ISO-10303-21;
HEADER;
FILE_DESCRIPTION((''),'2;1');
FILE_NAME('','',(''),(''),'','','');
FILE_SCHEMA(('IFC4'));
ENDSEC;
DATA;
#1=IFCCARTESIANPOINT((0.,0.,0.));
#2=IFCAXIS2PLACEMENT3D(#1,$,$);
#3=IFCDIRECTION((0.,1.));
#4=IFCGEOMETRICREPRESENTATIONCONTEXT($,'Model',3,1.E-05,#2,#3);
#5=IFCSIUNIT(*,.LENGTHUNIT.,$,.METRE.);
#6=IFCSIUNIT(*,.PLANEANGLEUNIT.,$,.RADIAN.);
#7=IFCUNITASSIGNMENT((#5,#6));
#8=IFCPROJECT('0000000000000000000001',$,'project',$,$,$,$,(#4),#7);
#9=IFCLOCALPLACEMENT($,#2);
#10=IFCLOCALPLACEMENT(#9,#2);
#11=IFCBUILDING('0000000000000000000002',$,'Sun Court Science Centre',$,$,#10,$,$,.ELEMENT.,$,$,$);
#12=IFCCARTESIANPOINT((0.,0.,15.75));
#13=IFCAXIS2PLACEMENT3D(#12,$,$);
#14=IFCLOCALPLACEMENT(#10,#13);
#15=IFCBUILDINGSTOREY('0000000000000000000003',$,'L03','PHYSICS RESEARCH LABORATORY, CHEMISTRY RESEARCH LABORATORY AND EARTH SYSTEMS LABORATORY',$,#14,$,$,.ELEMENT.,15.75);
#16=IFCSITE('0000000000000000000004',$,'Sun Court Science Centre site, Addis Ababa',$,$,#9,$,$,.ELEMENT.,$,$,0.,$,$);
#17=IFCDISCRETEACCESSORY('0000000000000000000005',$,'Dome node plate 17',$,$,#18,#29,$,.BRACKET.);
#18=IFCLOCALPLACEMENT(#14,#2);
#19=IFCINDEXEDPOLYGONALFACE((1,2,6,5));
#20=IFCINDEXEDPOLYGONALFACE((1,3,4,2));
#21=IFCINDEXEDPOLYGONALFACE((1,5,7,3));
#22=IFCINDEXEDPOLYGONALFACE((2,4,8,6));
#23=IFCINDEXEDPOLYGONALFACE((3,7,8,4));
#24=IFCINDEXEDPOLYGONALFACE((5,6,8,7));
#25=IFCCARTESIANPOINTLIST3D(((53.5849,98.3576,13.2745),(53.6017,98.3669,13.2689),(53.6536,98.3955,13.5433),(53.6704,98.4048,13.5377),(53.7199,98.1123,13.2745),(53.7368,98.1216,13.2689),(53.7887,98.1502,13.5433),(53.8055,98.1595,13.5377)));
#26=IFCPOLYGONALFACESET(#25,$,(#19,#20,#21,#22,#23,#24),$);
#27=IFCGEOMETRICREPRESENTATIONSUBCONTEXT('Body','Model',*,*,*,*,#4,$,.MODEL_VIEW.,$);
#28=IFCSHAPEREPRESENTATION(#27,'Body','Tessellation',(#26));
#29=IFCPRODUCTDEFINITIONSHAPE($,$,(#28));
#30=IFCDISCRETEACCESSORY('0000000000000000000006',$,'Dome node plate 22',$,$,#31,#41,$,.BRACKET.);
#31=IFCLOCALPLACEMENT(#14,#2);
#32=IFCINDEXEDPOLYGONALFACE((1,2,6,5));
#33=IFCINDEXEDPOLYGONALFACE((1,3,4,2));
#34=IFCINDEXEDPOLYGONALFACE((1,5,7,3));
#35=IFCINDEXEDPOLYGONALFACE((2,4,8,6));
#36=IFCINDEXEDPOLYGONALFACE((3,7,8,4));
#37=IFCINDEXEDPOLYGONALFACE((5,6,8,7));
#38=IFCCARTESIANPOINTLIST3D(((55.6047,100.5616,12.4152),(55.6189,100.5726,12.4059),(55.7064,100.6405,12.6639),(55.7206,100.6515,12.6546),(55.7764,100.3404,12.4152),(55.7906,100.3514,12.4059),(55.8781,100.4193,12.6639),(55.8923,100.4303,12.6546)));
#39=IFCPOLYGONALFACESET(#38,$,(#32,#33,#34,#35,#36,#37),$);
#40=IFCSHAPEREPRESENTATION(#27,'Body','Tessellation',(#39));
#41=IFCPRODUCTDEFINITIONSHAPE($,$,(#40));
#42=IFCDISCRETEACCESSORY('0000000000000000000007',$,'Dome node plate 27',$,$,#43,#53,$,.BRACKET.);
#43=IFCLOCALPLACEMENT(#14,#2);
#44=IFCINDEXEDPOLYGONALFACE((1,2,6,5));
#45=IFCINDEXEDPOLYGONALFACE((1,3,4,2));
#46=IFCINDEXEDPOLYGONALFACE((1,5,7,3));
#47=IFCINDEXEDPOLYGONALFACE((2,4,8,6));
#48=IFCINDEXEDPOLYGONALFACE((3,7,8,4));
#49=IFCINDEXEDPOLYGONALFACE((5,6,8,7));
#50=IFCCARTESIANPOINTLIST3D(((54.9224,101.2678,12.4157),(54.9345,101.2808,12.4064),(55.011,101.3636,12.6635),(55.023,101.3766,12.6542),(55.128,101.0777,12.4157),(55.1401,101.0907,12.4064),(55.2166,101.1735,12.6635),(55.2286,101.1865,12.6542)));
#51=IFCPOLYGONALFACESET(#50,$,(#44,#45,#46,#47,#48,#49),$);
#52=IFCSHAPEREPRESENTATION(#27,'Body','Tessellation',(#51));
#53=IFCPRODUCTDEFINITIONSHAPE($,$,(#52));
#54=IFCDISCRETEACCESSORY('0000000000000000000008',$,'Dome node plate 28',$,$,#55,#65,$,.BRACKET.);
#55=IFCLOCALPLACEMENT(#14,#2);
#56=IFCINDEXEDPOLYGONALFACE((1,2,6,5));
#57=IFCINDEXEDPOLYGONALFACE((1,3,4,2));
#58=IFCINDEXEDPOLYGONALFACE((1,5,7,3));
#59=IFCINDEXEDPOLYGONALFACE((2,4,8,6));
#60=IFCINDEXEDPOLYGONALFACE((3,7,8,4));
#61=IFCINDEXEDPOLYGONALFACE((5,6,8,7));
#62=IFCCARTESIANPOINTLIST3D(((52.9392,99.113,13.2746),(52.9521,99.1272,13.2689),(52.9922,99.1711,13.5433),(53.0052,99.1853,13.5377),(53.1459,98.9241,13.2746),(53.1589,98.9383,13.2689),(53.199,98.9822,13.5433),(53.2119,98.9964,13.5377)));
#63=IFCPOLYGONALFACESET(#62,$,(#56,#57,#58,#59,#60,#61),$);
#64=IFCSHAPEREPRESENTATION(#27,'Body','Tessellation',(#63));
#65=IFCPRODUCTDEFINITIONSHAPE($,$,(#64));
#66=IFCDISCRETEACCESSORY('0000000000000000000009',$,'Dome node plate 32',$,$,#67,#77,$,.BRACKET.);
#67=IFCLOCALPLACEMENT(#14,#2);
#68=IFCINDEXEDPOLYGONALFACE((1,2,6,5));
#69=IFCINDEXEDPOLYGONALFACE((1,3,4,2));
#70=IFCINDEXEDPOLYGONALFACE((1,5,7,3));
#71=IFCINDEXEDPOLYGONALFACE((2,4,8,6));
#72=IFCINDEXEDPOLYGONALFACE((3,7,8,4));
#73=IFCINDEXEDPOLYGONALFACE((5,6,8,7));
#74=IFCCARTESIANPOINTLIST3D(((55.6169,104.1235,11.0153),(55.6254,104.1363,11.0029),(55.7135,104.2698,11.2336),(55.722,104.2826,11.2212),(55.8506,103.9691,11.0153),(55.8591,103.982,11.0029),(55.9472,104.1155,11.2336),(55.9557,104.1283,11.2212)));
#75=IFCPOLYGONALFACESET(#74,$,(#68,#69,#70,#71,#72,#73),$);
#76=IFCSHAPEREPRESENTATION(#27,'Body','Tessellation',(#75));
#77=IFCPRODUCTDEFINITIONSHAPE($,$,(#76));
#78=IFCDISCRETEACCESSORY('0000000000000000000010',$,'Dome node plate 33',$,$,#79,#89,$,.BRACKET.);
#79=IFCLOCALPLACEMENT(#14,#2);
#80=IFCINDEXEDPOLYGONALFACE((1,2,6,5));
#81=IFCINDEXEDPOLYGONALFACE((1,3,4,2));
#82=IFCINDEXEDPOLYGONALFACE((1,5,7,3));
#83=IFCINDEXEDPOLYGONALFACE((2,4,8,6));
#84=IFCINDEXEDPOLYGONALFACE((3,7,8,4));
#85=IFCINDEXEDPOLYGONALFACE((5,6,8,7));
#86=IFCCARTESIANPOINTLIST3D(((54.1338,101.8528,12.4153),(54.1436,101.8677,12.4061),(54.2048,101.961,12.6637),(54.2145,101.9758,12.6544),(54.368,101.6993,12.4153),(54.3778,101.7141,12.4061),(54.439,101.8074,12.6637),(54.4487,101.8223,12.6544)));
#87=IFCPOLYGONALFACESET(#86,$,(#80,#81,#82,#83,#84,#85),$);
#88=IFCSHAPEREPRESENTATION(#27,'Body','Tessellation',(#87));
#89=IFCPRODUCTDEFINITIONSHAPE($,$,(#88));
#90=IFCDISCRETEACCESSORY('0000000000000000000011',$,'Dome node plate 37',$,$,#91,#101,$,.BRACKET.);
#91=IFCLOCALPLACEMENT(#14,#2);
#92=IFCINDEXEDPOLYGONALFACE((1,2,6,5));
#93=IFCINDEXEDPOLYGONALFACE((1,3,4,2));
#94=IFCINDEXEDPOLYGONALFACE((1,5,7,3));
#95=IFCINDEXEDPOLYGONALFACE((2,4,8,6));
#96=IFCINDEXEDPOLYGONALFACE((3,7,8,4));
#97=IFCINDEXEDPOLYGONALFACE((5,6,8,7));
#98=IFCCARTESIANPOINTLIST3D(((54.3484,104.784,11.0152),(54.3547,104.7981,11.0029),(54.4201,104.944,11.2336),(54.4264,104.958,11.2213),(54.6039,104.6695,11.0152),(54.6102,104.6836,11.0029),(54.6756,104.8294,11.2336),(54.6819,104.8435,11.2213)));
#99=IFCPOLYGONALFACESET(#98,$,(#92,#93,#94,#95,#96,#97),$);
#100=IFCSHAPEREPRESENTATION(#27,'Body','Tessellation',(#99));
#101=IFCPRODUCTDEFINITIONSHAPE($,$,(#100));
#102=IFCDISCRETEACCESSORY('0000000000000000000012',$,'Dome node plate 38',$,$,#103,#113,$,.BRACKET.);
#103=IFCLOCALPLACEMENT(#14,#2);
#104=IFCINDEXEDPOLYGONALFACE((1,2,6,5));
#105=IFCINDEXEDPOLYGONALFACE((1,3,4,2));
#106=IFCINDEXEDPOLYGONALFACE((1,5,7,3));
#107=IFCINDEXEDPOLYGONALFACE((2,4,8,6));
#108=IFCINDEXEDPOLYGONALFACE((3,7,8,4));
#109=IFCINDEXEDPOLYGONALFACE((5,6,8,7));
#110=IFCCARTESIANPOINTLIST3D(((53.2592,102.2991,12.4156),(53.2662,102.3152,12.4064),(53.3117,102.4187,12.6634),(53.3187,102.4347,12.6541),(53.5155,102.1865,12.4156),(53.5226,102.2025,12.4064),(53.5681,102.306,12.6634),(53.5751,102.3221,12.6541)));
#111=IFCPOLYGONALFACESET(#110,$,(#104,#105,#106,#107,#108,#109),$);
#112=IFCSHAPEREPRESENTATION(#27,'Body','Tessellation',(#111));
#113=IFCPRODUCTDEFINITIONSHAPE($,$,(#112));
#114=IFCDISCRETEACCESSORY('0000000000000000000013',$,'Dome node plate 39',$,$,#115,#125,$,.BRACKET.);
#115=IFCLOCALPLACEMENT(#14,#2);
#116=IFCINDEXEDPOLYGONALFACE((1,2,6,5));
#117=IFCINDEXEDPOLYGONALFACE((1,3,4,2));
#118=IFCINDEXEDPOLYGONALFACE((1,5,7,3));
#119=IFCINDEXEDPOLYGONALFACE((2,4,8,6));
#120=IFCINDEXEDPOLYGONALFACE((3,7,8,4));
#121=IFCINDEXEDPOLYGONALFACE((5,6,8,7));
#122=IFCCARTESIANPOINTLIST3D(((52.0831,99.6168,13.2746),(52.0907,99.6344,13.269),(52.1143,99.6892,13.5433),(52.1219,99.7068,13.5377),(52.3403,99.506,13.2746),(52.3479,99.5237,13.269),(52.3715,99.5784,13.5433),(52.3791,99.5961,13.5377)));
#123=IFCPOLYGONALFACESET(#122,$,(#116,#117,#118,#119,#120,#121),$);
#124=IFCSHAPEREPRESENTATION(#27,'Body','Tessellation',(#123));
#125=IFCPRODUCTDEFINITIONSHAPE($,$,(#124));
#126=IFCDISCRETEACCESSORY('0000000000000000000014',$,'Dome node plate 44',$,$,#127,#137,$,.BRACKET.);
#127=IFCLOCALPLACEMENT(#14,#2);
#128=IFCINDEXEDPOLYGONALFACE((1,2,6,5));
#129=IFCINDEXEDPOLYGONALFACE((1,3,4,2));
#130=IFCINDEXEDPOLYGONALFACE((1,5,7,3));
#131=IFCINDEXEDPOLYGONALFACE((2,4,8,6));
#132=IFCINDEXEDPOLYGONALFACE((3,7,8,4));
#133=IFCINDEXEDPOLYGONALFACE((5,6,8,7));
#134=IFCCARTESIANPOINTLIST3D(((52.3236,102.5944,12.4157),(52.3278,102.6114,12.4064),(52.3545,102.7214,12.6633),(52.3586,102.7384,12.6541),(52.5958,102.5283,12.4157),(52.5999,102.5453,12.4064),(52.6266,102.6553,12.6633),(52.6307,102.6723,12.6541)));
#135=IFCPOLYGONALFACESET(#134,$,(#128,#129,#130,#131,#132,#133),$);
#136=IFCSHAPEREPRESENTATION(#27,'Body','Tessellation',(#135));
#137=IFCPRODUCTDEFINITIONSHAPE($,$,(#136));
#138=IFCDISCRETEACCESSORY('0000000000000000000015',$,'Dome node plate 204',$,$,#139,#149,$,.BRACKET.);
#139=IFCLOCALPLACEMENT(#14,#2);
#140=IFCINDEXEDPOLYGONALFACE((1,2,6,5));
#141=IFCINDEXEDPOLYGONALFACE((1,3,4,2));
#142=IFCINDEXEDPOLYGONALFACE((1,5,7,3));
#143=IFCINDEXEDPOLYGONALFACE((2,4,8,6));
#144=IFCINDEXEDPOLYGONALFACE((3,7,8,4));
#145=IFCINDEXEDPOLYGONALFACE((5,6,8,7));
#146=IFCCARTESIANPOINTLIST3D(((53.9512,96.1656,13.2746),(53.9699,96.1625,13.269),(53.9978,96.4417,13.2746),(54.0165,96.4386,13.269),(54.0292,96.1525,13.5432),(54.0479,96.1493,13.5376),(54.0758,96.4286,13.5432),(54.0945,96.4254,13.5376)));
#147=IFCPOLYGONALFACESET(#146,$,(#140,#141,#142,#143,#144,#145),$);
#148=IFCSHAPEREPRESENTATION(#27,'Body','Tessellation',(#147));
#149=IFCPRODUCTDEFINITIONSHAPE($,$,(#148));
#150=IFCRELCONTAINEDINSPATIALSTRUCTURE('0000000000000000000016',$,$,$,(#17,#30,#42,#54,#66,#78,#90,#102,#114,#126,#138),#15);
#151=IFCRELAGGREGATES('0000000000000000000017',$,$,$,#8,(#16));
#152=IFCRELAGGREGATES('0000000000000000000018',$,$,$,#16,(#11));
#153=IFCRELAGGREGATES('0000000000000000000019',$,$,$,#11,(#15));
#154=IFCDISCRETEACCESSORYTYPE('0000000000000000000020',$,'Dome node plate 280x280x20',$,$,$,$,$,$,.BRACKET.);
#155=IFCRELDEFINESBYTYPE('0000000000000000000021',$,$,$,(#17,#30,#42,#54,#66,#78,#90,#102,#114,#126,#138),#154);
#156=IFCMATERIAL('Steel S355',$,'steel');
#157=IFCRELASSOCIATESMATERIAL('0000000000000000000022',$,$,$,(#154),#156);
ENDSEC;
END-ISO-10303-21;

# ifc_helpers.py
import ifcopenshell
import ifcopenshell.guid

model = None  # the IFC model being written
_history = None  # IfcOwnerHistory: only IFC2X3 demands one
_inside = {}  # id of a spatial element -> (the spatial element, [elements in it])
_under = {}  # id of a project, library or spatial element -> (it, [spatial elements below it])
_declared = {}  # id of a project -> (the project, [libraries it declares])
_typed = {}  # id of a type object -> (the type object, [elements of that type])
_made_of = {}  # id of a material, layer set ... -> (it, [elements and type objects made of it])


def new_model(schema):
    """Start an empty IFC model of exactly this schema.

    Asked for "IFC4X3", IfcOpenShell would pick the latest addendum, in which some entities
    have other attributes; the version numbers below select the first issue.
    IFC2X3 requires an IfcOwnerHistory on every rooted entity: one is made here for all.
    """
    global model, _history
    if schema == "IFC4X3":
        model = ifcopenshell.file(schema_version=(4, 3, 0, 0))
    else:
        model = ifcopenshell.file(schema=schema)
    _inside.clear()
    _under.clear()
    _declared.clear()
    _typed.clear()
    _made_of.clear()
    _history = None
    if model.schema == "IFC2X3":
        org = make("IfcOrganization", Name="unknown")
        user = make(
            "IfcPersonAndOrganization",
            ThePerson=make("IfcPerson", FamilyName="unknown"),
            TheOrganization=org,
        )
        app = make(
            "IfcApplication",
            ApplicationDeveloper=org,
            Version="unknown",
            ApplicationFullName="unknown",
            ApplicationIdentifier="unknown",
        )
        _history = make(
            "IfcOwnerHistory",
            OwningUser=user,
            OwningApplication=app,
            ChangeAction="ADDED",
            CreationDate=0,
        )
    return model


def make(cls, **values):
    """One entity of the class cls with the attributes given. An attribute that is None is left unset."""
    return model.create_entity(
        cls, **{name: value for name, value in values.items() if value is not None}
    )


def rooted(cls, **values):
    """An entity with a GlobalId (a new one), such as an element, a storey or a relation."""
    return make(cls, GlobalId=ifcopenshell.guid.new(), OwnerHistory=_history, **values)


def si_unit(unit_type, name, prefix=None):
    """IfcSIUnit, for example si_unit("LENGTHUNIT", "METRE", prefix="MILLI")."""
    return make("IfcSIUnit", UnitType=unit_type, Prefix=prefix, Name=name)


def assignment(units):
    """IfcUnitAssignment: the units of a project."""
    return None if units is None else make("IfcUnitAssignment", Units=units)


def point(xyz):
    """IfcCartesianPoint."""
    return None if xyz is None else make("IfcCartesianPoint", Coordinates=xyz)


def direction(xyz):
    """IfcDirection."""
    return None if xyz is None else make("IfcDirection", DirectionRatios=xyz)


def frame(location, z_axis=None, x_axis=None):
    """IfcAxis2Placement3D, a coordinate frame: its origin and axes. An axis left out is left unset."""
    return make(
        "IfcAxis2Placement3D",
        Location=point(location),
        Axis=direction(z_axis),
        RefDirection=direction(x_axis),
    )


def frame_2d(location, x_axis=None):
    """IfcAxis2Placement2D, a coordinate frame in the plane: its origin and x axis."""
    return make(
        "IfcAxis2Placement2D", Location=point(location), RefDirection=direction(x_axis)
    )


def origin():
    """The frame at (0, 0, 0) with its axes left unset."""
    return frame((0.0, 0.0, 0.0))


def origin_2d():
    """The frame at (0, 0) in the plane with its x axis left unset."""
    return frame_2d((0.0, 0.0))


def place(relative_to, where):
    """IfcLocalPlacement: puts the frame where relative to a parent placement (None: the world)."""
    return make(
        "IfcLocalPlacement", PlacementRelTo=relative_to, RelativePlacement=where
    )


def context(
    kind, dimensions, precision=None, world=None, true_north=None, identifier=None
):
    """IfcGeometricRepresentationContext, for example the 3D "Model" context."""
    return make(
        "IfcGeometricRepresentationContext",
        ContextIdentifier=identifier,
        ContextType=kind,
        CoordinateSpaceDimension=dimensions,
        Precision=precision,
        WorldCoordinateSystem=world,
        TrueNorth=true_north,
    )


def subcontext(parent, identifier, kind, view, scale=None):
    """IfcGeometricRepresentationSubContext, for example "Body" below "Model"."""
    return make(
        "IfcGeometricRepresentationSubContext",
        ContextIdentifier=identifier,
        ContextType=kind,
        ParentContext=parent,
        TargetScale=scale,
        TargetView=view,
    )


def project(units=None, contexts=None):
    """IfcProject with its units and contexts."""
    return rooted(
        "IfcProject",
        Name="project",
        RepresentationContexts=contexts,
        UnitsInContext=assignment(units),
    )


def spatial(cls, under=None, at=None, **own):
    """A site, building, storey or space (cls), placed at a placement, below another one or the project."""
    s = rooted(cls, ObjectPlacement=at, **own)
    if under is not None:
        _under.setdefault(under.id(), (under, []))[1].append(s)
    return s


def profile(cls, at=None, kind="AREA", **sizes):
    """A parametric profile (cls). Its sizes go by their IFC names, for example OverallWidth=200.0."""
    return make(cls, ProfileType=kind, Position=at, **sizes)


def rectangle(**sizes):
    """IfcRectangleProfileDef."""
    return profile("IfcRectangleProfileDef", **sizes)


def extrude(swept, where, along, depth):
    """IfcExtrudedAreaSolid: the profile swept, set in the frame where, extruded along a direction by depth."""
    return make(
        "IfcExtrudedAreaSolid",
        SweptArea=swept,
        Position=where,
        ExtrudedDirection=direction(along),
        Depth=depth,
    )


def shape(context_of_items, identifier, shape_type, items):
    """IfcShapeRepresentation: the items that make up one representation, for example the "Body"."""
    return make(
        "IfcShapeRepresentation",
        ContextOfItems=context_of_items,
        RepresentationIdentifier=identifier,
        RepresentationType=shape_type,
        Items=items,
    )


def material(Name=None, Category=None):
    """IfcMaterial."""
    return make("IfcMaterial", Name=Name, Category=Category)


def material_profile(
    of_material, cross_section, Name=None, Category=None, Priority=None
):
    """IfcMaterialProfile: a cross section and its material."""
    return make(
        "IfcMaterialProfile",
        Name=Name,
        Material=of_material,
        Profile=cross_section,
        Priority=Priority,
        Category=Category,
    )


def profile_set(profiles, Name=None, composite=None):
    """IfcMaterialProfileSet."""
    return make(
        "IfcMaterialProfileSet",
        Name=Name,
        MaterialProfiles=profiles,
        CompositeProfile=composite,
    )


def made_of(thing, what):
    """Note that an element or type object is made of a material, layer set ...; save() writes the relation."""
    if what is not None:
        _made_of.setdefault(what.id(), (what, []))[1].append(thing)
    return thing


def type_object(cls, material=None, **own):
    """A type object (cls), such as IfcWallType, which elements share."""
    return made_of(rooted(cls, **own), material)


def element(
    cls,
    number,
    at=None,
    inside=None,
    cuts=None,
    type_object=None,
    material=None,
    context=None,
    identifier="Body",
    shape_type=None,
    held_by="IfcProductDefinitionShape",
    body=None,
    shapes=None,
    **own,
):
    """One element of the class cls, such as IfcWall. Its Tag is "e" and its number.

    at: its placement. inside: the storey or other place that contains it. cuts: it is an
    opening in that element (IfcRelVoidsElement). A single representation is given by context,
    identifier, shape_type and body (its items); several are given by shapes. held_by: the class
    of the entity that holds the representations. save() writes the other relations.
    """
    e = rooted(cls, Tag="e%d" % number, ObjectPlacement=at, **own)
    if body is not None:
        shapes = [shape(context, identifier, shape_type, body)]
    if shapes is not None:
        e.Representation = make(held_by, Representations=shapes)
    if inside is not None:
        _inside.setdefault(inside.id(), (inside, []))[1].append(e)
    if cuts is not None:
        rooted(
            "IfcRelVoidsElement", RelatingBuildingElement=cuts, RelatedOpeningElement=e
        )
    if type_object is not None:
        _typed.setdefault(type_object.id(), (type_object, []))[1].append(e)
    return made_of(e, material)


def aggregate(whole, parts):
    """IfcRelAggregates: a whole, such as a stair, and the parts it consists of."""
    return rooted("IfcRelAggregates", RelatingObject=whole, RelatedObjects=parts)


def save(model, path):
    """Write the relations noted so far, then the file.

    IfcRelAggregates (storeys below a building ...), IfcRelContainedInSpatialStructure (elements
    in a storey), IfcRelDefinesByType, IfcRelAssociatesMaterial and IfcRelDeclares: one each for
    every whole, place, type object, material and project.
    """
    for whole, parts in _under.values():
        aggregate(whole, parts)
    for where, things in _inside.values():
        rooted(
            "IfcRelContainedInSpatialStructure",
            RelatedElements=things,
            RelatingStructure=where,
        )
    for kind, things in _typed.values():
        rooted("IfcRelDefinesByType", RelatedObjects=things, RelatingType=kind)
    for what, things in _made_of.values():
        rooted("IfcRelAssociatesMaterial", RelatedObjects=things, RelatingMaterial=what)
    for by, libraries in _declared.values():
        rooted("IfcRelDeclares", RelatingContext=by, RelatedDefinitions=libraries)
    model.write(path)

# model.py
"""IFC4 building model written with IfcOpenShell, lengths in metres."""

from ifc_helpers import new_model, si_unit, direction, frame, origin, origin_2d, place, context, subcontext, project, spatial, rectangle, extrude, material, material_profile, profile_set, type_object, element, save


model = new_model("IFC4")

# Units and contexts
model_context = context("Model", 3, precision=1e-05, world=origin(), true_north=direction((0.0, 1.0)))
body_context = subcontext(model_context, "Body", "Model", "MODEL_VIEW")
ifc_project = project(units=[si_unit("LENGTHUNIT", "METRE"), si_unit("PLANEANGLEUNIT", "RADIAN")], contexts=[model_context])

# Site, building, storey
site_placement = place(None, origin())
site = spatial("IfcSite", under=ifc_project, at=site_placement, Name="Sun Court Science Centre site, Addis Ababa", CompositionType="ELEMENT", RefElevation=0.0)
building_placement = place(site_placement, origin())
building = spatial("IfcBuilding", under=site, at=building_placement, Name="Sun Court Science Centre", CompositionType="ELEMENT")
storey_placement = place(building_placement, frame((0.0, 0.0, 15.75)))
storey = spatial("IfcBuildingStorey", under=building, at=storey_placement, Name="L03", Description="PHYSICS RESEARCH LABORATORY, CHEMISTRY RESEARCH LABORATORY AND EARTH SYSTEMS LABORATORY", CompositionType="ELEMENT", Elevation=15.75)

# Discrete accessories
ifc_material_1 = material(Name="Steel S355", Category="steel")
ifc_material_profile_1 = material_profile(ifc_material_1, rectangle(XDim=0.28, YDim=0.28, at=origin_2d()), Name="PL 280x280")
ifc_profile_set_1 = profile_set([ifc_material_profile_1], Name="Steel S355")
discrete_accessory_type = type_object("IfcDiscreteAccessoryType", Name="Dome node plate 280x280x20", PredefinedType="BRACKET", material=ifc_profile_set_1)
for number, where, z_axis, x_axis, name in (
    (1, (53.7036, 98.2632, 13.4033), (-0.840838, -0.46307, 0.280279), (0.482406, -0.875948, 0.0), "Dome node plate 17"),
):
    element("IfcDiscreteAccessory", number, at=place(storey_placement, frame(where, z_axis=z_axis, x_axis=x_axis)), inside=storey, type_object=discrete_accessory_type, Name=name, PredefinedType="BRACKET", context=body_context, shape_type="SweptSolid", body=[
        extrude(rectangle(XDim=0.28, YDim=0.28, at=origin_2d()), origin(), (0.0, 0.0, 1.0), 0.02),
    ])
discrete_accessory_1_placement = place(storey_placement, frame((55.7556, 100.5015, 12.5303), z_axis=(-0.701653, -0.544386, 0.459704), x_axis=(0.612997, -0.790085, 0.0)))
element("IfcDiscreteAccessory", 2, at=discrete_accessory_1_placement, inside=storey, type_object=discrete_accessory_type, Name="Dome node plate 22", PredefinedType="BRACKET", context=body_context, shape_type="SweptSolid", body=[
    extrude(rectangle(XDim=0.28, YDim=0.28, at=origin_2d()), origin(), (0.0, 0.0, 1.0), 0.0203),
])
for number, where, z_axis, x_axis, name in (
    (3, (55.0815, 101.2336, 12.5303), (-0.600696, -0.649732, 0.465846), (0.734272, -0.678855, 0.0), "Dome node plate 27"),
    (4, (53.082, 99.0618, 13.4033), (-0.647401, -0.708477, 0.280948), (0.73821, -0.674571, 0.0), "Dome node plate 28"),
):
    element("IfcDiscreteAccessory", number, at=place(storey_placement, frame(where, z_axis=z_axis, x_axis=x_axis)), inside=storey, type_object=discrete_accessory_type, Name=name, PredefinedType="BRACKET", context=body_context, shape_type="SweptSolid", body=[
        extrude(rectangle(XDim=0.28, YDim=0.28, at=origin_2d()), origin(), (0.0, 0.0, 1.0), 0.02),
    ])
discrete_accessory_2_placement = place(storey_placement, frame((55.7905, 104.1323, 11.1121), z_axis=(-0.429682, -0.650662, 0.626109), x_axis=(0.834465, -0.551062, 0.0)))
element("IfcDiscreteAccessory", 5, at=discrete_accessory_2_placement, inside=storey, type_object=discrete_accessory_type, Name="Dome node plate 32", PredefinedType="BRACKET", context=body_context, shape_type="SweptSolid", body=[
    extrude(rectangle(XDim=0.28, YDim=0.28, at=origin_2d()), origin(), (0.0, 0.0, 1.0), 0.0198),
])
discrete_accessory_3_placement = place(storey_placement, frame((54.2961, 101.845, 12.5303), z_axis=(-0.486324, -0.741645, 0.462008), x_axis=(0.836244, -0.548357, 0.0)))
element("IfcDiscreteAccessory", 6, at=discrete_accessory_3_placement, inside=storey, type_object=discrete_accessory_type, Name="Dome node plate 33", PredefinedType="BRACKET", context=body_context, shape_type="SweptSolid", body=[
    extrude(rectangle(XDim=0.28, YDim=0.28, at=origin_2d()), origin(), (0.0, 0.0, 1.0), 0.02),
])
for number, where, z_axis, x_axis, name in (
    (7, (54.5183, 104.8208, 11.1121), (-0.319048, -0.711723, 0.625826), (0.912509, -0.409056, 0.0), "Dome node plate 37"),
    (8, (53.4207, 102.3186, 12.5303), (-0.355862, -0.809892, 0.466302), (0.915519, -0.402274, 0.0), "Dome node plate 38"),
):
    element("IfcDiscreteAccessory", number, at=place(storey_placement, frame(where, z_axis=z_axis, x_axis=x_axis)), inside=storey, type_object=discrete_accessory_type, Name=name, PredefinedType="BRACKET", context=body_context, shape_type="SweptSolid", body=[
        extrude(rectangle(XDim=0.28, YDim=0.28, at=origin_2d()), origin(), (0.0, 0.0, 1.0), 0.0198),
    ])
discrete_accessory_4_placement = place(storey_placement, frame((52.2349, 99.6152, 13.4033), z_axis=(-0.379462, -0.881332, 0.281537), x_axis=(0.918484, -0.395458, 0.0)))
element("IfcDiscreteAccessory", 9, at=discrete_accessory_4_placement, inside=storey, type_object=discrete_accessory_type, Name="Dome node plate 39", PredefinedType="BRACKET", context=body_context, shape_type="SweptSolid", body=[
    extrude(rectangle(XDim=0.28, YDim=0.28, at=origin_2d()), origin(), (0.0, 0.0, 1.0), 0.02),
])
for number, where, z_axis, x_axis, name in (
    (10, (52.4792, 102.6418, 12.5303), (-0.208734, -0.859494, 0.466583), (0.971754, -0.235997, 0.0), "Dome node plate 44"),
    (11, (54.0322, 96.2939, 13.4033), (-0.945872, 0.159693, 0.282533), (-0.166475, -0.986046, 0.0), "Dome node plate 204"),
):
    element("IfcDiscreteAccessory", number, at=place(storey_placement, frame(where, z_axis=z_axis, x_axis=x_axis)), inside=storey, type_object=discrete_accessory_type, Name=name, PredefinedType="BRACKET", context=body_context, shape_type="SweptSolid", body=[
        extrude(rectangle(XDim=0.28, YDim=0.28, at=origin_2d()), origin(), (0.0, 0.0, 1.0), 0.0198),
    ])

save(model, "model.ifc")
